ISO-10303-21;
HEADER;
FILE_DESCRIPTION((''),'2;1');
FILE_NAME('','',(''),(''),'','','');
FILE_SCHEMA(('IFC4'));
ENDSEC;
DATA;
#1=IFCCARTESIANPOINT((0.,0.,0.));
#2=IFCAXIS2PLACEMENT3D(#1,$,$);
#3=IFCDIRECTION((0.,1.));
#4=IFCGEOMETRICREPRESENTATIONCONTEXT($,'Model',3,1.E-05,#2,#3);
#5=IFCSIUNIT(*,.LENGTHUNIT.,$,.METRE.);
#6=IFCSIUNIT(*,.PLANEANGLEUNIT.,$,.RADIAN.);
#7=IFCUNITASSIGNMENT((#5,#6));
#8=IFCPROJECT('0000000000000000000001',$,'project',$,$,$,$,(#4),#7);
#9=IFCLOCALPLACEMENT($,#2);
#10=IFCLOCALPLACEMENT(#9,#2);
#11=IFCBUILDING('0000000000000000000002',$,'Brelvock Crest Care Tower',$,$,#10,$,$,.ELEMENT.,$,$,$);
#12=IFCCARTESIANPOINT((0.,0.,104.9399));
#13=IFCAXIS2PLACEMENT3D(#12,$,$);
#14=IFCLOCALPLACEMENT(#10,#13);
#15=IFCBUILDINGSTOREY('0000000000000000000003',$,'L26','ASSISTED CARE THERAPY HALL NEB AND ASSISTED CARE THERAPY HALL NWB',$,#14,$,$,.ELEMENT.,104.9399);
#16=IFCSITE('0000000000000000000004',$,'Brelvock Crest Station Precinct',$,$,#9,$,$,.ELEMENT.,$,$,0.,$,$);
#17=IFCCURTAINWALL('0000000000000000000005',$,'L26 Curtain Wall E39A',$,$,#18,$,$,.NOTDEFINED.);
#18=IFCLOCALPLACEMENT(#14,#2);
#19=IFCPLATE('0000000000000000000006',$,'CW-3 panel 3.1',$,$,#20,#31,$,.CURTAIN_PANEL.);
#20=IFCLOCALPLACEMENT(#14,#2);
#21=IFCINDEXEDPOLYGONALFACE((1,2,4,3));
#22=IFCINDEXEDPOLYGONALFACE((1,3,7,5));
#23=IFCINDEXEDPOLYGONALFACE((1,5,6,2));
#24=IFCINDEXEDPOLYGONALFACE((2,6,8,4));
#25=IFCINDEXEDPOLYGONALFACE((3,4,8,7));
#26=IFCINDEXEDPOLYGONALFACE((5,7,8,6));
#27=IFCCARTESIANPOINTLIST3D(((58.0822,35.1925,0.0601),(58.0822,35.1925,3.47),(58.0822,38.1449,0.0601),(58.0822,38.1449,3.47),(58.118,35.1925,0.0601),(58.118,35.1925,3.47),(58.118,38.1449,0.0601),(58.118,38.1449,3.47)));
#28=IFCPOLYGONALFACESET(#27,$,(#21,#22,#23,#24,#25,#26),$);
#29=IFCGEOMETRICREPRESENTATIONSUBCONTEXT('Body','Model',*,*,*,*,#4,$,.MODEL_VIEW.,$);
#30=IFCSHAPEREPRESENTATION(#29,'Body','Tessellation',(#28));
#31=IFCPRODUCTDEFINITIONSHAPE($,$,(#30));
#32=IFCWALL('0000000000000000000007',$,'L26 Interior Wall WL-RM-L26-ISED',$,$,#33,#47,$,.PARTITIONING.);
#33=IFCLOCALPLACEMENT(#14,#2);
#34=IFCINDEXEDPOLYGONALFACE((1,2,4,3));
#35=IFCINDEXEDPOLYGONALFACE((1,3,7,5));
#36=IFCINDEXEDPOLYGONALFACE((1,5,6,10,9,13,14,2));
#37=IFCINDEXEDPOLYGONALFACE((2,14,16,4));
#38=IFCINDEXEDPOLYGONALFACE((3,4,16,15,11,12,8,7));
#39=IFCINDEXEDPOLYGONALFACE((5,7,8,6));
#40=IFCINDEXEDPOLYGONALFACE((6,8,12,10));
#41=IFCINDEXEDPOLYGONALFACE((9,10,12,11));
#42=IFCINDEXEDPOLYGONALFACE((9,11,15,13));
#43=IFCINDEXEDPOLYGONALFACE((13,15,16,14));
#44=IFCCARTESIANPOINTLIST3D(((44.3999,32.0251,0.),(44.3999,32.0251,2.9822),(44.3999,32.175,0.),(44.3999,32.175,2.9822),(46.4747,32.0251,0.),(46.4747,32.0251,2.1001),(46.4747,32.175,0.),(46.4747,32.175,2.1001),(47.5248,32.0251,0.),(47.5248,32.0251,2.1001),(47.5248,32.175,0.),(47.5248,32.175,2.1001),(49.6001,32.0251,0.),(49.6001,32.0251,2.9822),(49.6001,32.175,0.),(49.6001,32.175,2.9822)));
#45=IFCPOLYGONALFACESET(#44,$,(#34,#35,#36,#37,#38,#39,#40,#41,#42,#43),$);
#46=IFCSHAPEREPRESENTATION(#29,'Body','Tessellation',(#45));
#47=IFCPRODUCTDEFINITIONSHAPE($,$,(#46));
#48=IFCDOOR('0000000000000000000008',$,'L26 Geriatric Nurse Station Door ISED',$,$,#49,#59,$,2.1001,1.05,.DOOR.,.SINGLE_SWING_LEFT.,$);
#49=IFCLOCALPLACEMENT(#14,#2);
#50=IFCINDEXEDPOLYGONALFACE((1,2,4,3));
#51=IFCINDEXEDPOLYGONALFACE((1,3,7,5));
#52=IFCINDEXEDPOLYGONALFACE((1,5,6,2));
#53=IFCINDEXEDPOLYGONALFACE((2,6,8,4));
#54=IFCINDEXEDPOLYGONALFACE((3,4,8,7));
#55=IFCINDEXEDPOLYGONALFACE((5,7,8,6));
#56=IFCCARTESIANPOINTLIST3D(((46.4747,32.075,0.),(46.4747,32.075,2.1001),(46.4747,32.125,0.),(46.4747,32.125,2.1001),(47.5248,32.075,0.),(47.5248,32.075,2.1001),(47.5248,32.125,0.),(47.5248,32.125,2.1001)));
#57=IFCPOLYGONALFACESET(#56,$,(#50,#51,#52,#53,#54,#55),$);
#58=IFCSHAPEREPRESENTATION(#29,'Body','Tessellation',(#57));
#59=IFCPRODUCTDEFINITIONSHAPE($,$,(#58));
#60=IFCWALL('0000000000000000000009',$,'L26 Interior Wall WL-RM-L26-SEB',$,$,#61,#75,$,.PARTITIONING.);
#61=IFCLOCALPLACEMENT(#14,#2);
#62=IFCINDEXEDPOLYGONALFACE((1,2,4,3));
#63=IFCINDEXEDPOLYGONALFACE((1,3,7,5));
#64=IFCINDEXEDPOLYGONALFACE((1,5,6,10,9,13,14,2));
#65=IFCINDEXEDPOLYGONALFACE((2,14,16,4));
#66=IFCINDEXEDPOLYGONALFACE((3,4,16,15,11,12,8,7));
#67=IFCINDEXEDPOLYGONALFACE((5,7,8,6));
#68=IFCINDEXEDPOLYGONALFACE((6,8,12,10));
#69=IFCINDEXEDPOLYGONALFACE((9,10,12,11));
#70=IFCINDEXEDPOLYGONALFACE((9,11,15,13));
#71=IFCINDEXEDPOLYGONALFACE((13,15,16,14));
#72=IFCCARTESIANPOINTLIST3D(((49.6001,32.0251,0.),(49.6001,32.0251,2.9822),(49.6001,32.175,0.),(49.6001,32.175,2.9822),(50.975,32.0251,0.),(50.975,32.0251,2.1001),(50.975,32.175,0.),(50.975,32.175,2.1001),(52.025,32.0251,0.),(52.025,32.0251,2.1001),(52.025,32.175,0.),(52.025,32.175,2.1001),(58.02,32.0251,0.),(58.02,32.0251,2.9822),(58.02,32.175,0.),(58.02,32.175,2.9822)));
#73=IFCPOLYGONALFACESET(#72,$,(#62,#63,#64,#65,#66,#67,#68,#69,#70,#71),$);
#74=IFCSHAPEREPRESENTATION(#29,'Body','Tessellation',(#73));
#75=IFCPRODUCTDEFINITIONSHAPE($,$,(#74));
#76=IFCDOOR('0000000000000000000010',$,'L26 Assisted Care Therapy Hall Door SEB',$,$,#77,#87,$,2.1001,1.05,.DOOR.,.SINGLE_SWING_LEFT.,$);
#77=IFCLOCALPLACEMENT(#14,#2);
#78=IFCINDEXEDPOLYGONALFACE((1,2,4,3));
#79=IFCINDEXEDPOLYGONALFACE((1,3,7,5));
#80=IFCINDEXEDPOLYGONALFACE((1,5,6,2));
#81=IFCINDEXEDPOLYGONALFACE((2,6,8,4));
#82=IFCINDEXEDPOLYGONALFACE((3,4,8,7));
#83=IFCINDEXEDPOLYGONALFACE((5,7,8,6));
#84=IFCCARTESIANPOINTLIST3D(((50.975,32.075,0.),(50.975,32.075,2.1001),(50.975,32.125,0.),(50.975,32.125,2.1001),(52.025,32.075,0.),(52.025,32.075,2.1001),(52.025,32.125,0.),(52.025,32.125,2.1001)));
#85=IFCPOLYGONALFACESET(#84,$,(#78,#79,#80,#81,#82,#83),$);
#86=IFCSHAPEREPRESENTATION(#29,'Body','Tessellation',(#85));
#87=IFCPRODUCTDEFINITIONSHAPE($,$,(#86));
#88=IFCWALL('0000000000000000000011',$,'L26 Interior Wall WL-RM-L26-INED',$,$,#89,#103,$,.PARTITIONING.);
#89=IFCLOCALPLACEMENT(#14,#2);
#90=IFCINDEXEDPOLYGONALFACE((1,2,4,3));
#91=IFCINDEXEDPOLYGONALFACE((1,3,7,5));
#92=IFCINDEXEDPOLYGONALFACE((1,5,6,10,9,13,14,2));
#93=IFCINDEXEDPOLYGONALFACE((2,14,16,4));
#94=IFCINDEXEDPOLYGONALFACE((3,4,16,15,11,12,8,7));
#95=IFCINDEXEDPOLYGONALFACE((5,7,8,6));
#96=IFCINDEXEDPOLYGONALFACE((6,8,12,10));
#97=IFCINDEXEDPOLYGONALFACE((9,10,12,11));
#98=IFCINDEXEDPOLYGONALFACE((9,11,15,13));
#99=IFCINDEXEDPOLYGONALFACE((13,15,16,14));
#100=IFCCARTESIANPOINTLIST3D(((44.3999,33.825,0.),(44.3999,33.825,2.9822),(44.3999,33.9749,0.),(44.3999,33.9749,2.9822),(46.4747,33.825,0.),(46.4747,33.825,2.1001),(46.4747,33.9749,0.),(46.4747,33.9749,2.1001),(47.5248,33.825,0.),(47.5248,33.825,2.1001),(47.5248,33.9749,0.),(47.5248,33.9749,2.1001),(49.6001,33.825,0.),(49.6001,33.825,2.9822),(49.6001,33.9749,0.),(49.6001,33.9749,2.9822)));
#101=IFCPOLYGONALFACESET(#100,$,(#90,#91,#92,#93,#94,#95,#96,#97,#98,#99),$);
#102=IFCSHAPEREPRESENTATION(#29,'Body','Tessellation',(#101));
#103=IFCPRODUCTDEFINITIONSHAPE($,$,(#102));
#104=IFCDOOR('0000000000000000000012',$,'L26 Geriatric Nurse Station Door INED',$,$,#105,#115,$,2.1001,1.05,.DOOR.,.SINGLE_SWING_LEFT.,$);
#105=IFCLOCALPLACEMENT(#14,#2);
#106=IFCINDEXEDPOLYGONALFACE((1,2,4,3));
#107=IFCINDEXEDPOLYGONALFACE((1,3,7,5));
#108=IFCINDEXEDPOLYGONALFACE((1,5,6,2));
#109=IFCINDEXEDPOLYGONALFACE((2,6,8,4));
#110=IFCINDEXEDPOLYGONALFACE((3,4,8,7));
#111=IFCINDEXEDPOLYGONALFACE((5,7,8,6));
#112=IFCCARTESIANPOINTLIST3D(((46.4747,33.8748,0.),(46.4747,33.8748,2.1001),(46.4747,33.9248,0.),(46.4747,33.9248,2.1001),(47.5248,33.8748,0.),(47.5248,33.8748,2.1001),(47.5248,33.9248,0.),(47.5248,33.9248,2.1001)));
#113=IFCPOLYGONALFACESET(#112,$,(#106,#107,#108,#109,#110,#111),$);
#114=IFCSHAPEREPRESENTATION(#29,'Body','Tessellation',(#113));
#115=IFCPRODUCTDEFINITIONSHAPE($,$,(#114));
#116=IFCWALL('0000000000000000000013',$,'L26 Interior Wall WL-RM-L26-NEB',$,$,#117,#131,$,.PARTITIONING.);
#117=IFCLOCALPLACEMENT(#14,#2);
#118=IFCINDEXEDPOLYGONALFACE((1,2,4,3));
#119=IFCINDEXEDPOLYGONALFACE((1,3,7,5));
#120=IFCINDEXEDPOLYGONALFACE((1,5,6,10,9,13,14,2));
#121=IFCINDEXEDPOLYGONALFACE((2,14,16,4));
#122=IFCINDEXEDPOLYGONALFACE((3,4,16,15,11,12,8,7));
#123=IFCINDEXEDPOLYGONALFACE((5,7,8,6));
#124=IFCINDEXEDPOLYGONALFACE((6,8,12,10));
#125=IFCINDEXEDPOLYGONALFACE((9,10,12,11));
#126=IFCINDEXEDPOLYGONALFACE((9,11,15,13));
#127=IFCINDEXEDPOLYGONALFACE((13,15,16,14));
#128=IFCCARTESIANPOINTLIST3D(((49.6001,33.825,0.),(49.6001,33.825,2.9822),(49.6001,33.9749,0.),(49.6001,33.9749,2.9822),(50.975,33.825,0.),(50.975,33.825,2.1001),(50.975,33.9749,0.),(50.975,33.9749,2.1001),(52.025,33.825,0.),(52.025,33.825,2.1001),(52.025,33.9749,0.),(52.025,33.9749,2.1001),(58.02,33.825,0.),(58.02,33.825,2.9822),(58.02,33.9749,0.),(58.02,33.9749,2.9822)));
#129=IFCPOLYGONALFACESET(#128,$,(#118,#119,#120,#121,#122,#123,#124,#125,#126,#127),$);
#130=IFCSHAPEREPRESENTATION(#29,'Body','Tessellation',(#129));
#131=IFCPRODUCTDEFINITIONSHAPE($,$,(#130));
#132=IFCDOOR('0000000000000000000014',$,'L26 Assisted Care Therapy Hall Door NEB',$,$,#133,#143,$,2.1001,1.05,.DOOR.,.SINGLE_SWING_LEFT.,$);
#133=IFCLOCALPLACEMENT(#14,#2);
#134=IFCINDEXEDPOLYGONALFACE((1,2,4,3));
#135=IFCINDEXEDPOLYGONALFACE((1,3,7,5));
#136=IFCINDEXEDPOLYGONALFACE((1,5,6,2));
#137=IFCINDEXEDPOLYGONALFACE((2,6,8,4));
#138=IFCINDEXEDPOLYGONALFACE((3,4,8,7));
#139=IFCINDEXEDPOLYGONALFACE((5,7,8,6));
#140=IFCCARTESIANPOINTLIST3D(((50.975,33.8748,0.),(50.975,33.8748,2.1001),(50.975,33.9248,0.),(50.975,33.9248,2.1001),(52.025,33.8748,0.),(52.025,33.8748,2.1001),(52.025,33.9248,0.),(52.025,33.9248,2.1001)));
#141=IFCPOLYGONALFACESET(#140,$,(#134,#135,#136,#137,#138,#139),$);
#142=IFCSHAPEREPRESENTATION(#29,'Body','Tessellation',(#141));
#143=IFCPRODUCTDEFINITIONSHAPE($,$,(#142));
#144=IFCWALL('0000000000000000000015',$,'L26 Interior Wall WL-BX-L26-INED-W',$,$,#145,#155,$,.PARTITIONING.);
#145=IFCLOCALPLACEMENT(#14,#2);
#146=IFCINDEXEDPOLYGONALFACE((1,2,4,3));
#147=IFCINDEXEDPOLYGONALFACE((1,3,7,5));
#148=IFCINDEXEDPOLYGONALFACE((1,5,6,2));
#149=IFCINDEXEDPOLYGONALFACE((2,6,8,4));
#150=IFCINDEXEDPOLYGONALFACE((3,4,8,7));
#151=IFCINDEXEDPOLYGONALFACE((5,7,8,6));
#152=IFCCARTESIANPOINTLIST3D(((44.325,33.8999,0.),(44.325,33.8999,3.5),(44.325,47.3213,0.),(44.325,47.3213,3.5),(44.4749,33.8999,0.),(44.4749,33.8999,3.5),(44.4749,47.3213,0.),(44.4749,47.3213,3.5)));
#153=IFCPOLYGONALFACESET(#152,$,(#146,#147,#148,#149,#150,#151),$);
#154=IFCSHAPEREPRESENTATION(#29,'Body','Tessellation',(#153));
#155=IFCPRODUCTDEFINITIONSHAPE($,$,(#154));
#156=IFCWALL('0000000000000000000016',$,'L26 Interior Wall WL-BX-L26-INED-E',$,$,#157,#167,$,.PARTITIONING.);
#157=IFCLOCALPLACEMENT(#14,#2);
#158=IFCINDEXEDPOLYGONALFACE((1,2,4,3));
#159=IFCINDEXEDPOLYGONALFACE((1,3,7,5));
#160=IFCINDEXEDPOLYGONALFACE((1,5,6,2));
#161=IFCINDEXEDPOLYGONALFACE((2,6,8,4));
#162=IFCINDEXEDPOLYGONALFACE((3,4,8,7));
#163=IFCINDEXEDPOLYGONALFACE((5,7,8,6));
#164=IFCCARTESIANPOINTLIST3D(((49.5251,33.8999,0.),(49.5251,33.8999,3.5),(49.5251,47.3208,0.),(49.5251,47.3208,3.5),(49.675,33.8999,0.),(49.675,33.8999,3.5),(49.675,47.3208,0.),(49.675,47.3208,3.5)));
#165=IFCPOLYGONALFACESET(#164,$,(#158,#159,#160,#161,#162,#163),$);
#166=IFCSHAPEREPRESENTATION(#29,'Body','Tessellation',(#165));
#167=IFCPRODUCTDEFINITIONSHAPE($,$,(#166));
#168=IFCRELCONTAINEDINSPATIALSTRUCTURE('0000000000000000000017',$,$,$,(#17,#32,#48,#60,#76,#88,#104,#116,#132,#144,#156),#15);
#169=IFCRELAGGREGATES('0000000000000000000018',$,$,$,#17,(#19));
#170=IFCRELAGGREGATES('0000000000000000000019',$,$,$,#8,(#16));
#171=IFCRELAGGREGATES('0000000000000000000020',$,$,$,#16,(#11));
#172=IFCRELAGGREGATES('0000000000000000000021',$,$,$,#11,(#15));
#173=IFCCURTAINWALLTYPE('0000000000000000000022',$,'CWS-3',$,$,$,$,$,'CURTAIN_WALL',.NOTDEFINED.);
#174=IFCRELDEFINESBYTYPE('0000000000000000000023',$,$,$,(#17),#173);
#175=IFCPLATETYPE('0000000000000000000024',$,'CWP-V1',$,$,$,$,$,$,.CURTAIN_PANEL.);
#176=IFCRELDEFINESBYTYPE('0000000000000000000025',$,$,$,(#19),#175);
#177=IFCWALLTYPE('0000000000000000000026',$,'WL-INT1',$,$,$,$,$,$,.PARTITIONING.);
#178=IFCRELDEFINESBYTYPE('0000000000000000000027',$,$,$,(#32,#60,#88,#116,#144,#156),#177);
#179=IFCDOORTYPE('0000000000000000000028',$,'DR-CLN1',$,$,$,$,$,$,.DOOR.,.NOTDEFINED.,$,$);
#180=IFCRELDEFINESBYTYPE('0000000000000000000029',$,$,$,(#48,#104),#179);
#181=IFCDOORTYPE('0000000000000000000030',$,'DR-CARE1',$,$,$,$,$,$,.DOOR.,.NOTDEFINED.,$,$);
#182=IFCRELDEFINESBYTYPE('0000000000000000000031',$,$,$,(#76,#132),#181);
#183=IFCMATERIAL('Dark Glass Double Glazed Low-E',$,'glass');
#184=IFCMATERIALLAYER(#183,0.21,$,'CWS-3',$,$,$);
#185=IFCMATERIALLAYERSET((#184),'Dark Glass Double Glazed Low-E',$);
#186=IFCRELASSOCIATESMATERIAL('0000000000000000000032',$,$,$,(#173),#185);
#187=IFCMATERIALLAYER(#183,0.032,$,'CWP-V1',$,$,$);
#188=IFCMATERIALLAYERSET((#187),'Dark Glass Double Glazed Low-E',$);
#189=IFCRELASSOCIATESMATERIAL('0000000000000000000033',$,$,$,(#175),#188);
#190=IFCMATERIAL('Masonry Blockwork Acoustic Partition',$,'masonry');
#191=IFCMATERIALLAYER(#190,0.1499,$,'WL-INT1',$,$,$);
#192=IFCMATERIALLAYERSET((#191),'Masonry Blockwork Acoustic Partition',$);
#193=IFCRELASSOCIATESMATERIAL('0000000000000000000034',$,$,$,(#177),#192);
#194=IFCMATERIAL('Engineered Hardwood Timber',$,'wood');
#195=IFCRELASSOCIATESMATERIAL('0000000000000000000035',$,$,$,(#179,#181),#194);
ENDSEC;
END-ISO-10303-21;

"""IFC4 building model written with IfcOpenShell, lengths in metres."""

from ifc_helpers import new_model, si_unit, direction, frame, frame_2d, origin, origin_2d, place, context, subcontext, project, spatial, rectangle, extrude, source, transform, mapped, material, layer, layer_set, type_object, element, fill, aggregate, save


model = new_model("IFC4")

# Units and contexts
model_context = context("Model", 3, precision=1e-05, world=origin(), true_north=direction((0.0, 1.0)))
body_context = subcontext(model_context, "Body", "Model", "MODEL_VIEW")
ifc_project = project(units=[si_unit("LENGTHUNIT", "METRE"), si_unit("PLANEANGLEUNIT", "RADIAN")], contexts=[model_context])

# Site, building, storey
site_placement = place(None, origin())
site = spatial("IfcSite", under=ifc_project, at=site_placement, Name="Brelvock Crest Station Precinct", CompositionType="ELEMENT", RefElevation=0.0)
building_placement = place(site_placement, origin())
building = spatial("IfcBuilding", under=site, at=building_placement, Name="Brelvock Crest Care Tower", CompositionType="ELEMENT")
storey_placement = place(building_placement, frame((0.0, 0.0, 104.9399)))
storey = spatial("IfcBuildingStorey", under=building, at=storey_placement, Name="L26", Description="ASSISTED CARE THERAPY HALL NEB AND ASSISTED CARE THERAPY HALL NWB", CompositionType="ELEMENT", Elevation=104.9399)

# Curtain wall, plate
ifc_material_1 = material(Name="Dark Glass Double Glazed Low-E", Category="glass")
ifc_layer_1 = layer(ifc_material_1, 0.21, Name="CWS-3")
ifc_layer_set_1 = layer_set([ifc_layer_1], Name="Dark Glass Double Glazed Low-E")
curtain_wall_type = type_object("IfcCurtainWallType", Name="CWS-3", ElementType="CURTAIN_WALL", PredefinedType="NOTDEFINED", material=ifc_layer_set_1)
curtain_wall_placement = place(storey_placement, origin())
curtain_wall = element("IfcCurtainWall", 1, at=curtain_wall_placement, inside=storey, type_object=curtain_wall_type, Name="L26 Curtain Wall E39A", PredefinedType="NOTDEFINED")
ifc_layer_2 = layer(ifc_material_1, 0.032, Name="CWP-V1")
ifc_layer_set_2 = layer_set([ifc_layer_2], Name="Dark Glass Double Glazed Low-E")
plate_type = type_object("IfcPlateType", Name="CWP-V1", PredefinedType="CURTAIN_PANEL", material=ifc_layer_set_2)
shared_shape_1 = source(origin(), body_context, "Body", "SweptSolid", [
    extrude(rectangle(XDim=2.9524, YDim=0.0359, at=origin_2d()), origin(), (0.0, 0.0, 1.0), 3.4099),
])
plate_1_placement = place(storey_placement, frame((58.1001, 36.6687, 0.0601), z_axis=(0.0, 0.0, 1.0), x_axis=(0.0, -1.0, 0.0)))
plate_1 = element("IfcPlate", 2, at=plate_1_placement, type_object=plate_type, Name="CW-3 panel 3.1", PredefinedType="CURTAIN_PANEL", context=body_context, shape_type="MappedRepresentation", body=[
    mapped(shared_shape_1, transform((0.0, 0.0, 0.0), x_axis=(1.0, 0.0, 0.0), y_axis=(0.0, 1.0, 0.0), z_axis=(0.0, 0.0, 1.0), scale=1.0)),
])
aggregate(curtain_wall, [plate_1])

# Walls, openings, doors
ifc_material_2 = material(Name="Masonry Blockwork Acoustic Partition", Category="masonry")
ifc_layer_3 = layer(ifc_material_2, 0.1499, Name="WL-INT1")
ifc_layer_set_3 = layer_set([ifc_layer_3], Name="Masonry Blockwork Acoustic Partition")
wall_type_1 = type_object("IfcWallType", Name="WL-INT1", PredefinedType="PARTITIONING", material=ifc_layer_set_3)
wall_1_placement = place(storey_placement, frame((44.3999, 32.1001, 0.0), z_axis=(0.0, 0.0, 1.0), x_axis=(1.0, 0.0, 0.0)))
wall_1 = element("IfcWall", 3, at=wall_1_placement, inside=storey, type_object=wall_type_1, Name="L26 Interior Wall WL-RM-L26-ISED", PredefinedType="PARTITIONING", context=body_context, shape_type="SweptSolid", body=[
    extrude(rectangle(XDim=5.2002, YDim=0.1499, at=frame_2d((2.6001, 0.0))), origin(), (0.0, 0.0, 1.0), 2.9822),
])
opening_1_placement = place(wall_1_placement, frame((2.075, 0.0, 0.0)))
opening_1 = element("IfcOpeningElement", 4, at=opening_1_placement, cuts=wall_1, PredefinedType="OPENING", context=body_context, shape_type="SweptSolid", body=[
    extrude(rectangle(XDim=1.05, YDim=2.1001, at=origin_2d()), frame((0.5249, 0.085, 1.05), z_axis=(0.0, -1.0, 0.0), x_axis=(1.0, 0.0, 0.0)), (0.0, 0.0, 1.0), 0.1699),
])
ifc_material_3 = material(Name="Engineered Hardwood Timber", Category="wood")
door_type_1 = type_object("IfcDoorType", Name="DR-CLN1", OperationType="NOTDEFINED", PredefinedType="DOOR", material=ifc_material_3)
shared_shape_2 = source(origin(), body_context, "Body", "SweptSolid", [
    extrude(rectangle(XDim=1.05, YDim=2.1001, at=origin_2d()), frame((0.5249, 0.0249, 1.05), z_axis=(0.0, -1.0, 0.0), x_axis=(1.0, 0.0, 0.0)), (0.0, 0.0, 1.0), 0.05),
])
door_1_placement = place(opening_1_placement, origin())
door_1 = element("IfcDoor", 5, at=door_1_placement, inside=storey, type_object=door_type_1, Name="L26 Geriatric Nurse Station Door ISED", OperationType="SINGLE_SWING_LEFT", OverallHeight=2.1001, OverallWidth=1.05, PredefinedType="DOOR", context=body_context, shape_type="MappedRepresentation", body=[
    mapped(shared_shape_2, transform((0.0, 0.0, 0.0), x_axis=(1.0, 0.0, 0.0), y_axis=(0.0, 1.0, 0.0), z_axis=(0.0, 0.0, 1.0), scale=1.0)),
])
fill(opening_1, door_1)
wall_2_placement = place(storey_placement, frame((49.6001, 32.1001, 0.0), z_axis=(0.0, 0.0, 1.0), x_axis=(1.0, 0.0, 0.0)))
wall_2 = element("IfcWall", 6, at=wall_2_placement, inside=storey, type_object=wall_type_1, Name="L26 Interior Wall WL-RM-L26-SEB", PredefinedType="PARTITIONING", context=body_context, shape_type="SweptSolid", body=[
    extrude(rectangle(XDim=8.4199, YDim=0.1499, at=frame_2d((4.21, 0.0))), origin(), (0.0, 0.0, 1.0), 2.9822),
])
opening_2_placement = place(wall_2_placement, frame((1.375, 0.0, 0.0)))
opening_2 = element("IfcOpeningElement", 7, at=opening_2_placement, cuts=wall_2, PredefinedType="OPENING", context=body_context, shape_type="SweptSolid", body=[
    extrude(rectangle(XDim=1.05, YDim=2.1001, at=origin_2d()), frame((0.5249, 0.085, 1.05), z_axis=(0.0, -1.0, 0.0), x_axis=(1.0, 0.0, 0.0)), (0.0, 0.0, 1.0), 0.1699),
])
door_type_2 = type_object("IfcDoorType", Name="DR-CARE1", OperationType="NOTDEFINED", PredefinedType="DOOR", material=ifc_material_3)
shared_shape_3 = source(origin(), body_context, "Body", "SweptSolid", [
    extrude(rectangle(XDim=1.05, YDim=2.1001, at=origin_2d()), frame((0.5249, 0.0249, 1.05), z_axis=(0.0, -1.0, 0.0), x_axis=(1.0, 0.0, 0.0)), (0.0, 0.0, 1.0), 0.05),
])
door_2_placement = place(opening_2_placement, origin())
door_2 = element("IfcDoor", 8, at=door_2_placement, inside=storey, type_object=door_type_2, Name="L26 Assisted Care Therapy Hall Door SEB", OperationType="SINGLE_SWING_LEFT", OverallHeight=2.1001, OverallWidth=1.05, PredefinedType="DOOR", context=body_context, shape_type="MappedRepresentation", body=[
    mapped(shared_shape_3, transform((0.0, 0.0, 0.0), x_axis=(1.0, 0.0, 0.0), y_axis=(0.0, 1.0, 0.0), z_axis=(0.0, 0.0, 1.0), scale=1.0)),
])
fill(opening_2, door_2)
wall_3_placement = place(storey_placement, frame((44.3999, 33.8999, 0.0), z_axis=(0.0, 0.0, 1.0), x_axis=(1.0, 0.0, 0.0)))
wall_3 = element("IfcWall", 9, at=wall_3_placement, inside=storey, type_object=wall_type_1, Name="L26 Interior Wall WL-RM-L26-INED", PredefinedType="PARTITIONING", context=body_context, shape_type="SweptSolid", body=[
    extrude(rectangle(XDim=5.2002, YDim=0.1499, at=frame_2d((2.6001, 0.0))), origin(), (0.0, 0.0, 1.0), 2.9822),
])
opening_3_placement = place(wall_3_placement, frame((2.075, 0.0, 0.0)))
opening_3 = element("IfcOpeningElement", 10, at=opening_3_placement, cuts=wall_3, PredefinedType="OPENING", context=body_context, shape_type="SweptSolid", body=[
    extrude(rectangle(XDim=1.05, YDim=2.1001, at=origin_2d()), frame((0.5249, 0.085, 1.05), z_axis=(0.0, -1.0, 0.0), x_axis=(1.0, 0.0, 0.0)), (0.0, 0.0, 1.0), 0.1699),
])
door_3_placement = place(opening_3_placement, origin())
door_3 = element("IfcDoor", 11, at=door_3_placement, inside=storey, type_object=door_type_1, Name="L26 Geriatric Nurse Station Door INED", OperationType="SINGLE_SWING_LEFT", OverallHeight=2.1001, OverallWidth=1.05, PredefinedType="DOOR", context=body_context, shape_type="MappedRepresentation", body=[
    mapped(shared_shape_2, transform((0.0, 0.0, 0.0), x_axis=(1.0, 0.0, 0.0), y_axis=(0.0, 1.0, 0.0), z_axis=(0.0, 0.0, 1.0), scale=1.0)),
])
fill(opening_3, door_3)
wall_4_placement = place(storey_placement, frame((49.6001, 33.8999, 0.0), z_axis=(0.0, 0.0, 1.0), x_axis=(1.0, 0.0, 0.0)))
wall_4 = element("IfcWall", 12, at=wall_4_placement, inside=storey, type_object=wall_type_1, Name="L26 Interior Wall WL-RM-L26-NEB", PredefinedType="PARTITIONING", context=body_context, shape_type="SweptSolid", body=[
    extrude(rectangle(XDim=8.4199, YDim=0.1499, at=frame_2d((4.21, 0.0))), origin(), (0.0, 0.0, 1.0), 2.9822),
])
opening_4_placement = place(wall_4_placement, frame((1.375, 0.0, 0.0)))
opening_4 = element("IfcOpeningElement", 13, at=opening_4_placement, cuts=wall_4, PredefinedType="OPENING", context=body_context, shape_type="SweptSolid", body=[
    extrude(rectangle(XDim=1.05, YDim=2.1001, at=origin_2d()), frame((0.5249, 0.085, 1.05), z_axis=(0.0, -1.0, 0.0), x_axis=(1.0, 0.0, 0.0)), (0.0, 0.0, 1.0), 0.1699),
])
door_4_placement = place(opening_4_placement, origin())
door_4 = element("IfcDoor", 14, at=door_4_placement, inside=storey, type_object=door_type_2, Name="L26 Assisted Care Therapy Hall Door NEB", OperationType="SINGLE_SWING_LEFT", OverallHeight=2.1001, OverallWidth=1.05, PredefinedType="DOOR", context=body_context, shape_type="MappedRepresentation", body=[
    mapped(shared_shape_3, transform((0.0, 0.0, 0.0), x_axis=(1.0, 0.0, 0.0), y_axis=(0.0, 1.0, 0.0), z_axis=(0.0, 0.0, 1.0), scale=1.0)),
])
fill(opening_4, door_4)

# Walls
wall_5_placement = place(storey_placement, frame((44.3999, 33.8999, 0.0), z_axis=(0.0, 0.0, 1.0), x_axis=(0.0, 1.0, 0.0)))
element("IfcWall", 15, at=wall_5_placement, inside=storey, type_object=wall_type_1, Name="L26 Interior Wall WL-BX-L26-INED-W", PredefinedType="PARTITIONING", context=body_context, shape_type="SweptSolid", body=[
    extrude(rectangle(XDim=13.4214, YDim=0.1499, at=frame_2d((6.7107, 0.0))), origin(), (0.0, 0.0, 1.0), 3.5),
])
wall_6_placement = place(storey_placement, frame((49.6001, 33.8999, 0.0), z_axis=(0.0, 0.0, 1.0), x_axis=(0.0, 1.0, 0.0)))
element("IfcWall", 16, at=wall_6_placement, inside=storey, type_object=wall_type_1, Name="L26 Interior Wall WL-BX-L26-INED-E", PredefinedType="PARTITIONING", context=body_context, shape_type="SweptSolid", body=[
    extrude(rectangle(XDim=13.4209, YDim=0.1499, at=frame_2d((6.7104, 0.0))), origin(), (0.0, 0.0, 1.0), 3.5),
])

save(model, "model.ifc")
